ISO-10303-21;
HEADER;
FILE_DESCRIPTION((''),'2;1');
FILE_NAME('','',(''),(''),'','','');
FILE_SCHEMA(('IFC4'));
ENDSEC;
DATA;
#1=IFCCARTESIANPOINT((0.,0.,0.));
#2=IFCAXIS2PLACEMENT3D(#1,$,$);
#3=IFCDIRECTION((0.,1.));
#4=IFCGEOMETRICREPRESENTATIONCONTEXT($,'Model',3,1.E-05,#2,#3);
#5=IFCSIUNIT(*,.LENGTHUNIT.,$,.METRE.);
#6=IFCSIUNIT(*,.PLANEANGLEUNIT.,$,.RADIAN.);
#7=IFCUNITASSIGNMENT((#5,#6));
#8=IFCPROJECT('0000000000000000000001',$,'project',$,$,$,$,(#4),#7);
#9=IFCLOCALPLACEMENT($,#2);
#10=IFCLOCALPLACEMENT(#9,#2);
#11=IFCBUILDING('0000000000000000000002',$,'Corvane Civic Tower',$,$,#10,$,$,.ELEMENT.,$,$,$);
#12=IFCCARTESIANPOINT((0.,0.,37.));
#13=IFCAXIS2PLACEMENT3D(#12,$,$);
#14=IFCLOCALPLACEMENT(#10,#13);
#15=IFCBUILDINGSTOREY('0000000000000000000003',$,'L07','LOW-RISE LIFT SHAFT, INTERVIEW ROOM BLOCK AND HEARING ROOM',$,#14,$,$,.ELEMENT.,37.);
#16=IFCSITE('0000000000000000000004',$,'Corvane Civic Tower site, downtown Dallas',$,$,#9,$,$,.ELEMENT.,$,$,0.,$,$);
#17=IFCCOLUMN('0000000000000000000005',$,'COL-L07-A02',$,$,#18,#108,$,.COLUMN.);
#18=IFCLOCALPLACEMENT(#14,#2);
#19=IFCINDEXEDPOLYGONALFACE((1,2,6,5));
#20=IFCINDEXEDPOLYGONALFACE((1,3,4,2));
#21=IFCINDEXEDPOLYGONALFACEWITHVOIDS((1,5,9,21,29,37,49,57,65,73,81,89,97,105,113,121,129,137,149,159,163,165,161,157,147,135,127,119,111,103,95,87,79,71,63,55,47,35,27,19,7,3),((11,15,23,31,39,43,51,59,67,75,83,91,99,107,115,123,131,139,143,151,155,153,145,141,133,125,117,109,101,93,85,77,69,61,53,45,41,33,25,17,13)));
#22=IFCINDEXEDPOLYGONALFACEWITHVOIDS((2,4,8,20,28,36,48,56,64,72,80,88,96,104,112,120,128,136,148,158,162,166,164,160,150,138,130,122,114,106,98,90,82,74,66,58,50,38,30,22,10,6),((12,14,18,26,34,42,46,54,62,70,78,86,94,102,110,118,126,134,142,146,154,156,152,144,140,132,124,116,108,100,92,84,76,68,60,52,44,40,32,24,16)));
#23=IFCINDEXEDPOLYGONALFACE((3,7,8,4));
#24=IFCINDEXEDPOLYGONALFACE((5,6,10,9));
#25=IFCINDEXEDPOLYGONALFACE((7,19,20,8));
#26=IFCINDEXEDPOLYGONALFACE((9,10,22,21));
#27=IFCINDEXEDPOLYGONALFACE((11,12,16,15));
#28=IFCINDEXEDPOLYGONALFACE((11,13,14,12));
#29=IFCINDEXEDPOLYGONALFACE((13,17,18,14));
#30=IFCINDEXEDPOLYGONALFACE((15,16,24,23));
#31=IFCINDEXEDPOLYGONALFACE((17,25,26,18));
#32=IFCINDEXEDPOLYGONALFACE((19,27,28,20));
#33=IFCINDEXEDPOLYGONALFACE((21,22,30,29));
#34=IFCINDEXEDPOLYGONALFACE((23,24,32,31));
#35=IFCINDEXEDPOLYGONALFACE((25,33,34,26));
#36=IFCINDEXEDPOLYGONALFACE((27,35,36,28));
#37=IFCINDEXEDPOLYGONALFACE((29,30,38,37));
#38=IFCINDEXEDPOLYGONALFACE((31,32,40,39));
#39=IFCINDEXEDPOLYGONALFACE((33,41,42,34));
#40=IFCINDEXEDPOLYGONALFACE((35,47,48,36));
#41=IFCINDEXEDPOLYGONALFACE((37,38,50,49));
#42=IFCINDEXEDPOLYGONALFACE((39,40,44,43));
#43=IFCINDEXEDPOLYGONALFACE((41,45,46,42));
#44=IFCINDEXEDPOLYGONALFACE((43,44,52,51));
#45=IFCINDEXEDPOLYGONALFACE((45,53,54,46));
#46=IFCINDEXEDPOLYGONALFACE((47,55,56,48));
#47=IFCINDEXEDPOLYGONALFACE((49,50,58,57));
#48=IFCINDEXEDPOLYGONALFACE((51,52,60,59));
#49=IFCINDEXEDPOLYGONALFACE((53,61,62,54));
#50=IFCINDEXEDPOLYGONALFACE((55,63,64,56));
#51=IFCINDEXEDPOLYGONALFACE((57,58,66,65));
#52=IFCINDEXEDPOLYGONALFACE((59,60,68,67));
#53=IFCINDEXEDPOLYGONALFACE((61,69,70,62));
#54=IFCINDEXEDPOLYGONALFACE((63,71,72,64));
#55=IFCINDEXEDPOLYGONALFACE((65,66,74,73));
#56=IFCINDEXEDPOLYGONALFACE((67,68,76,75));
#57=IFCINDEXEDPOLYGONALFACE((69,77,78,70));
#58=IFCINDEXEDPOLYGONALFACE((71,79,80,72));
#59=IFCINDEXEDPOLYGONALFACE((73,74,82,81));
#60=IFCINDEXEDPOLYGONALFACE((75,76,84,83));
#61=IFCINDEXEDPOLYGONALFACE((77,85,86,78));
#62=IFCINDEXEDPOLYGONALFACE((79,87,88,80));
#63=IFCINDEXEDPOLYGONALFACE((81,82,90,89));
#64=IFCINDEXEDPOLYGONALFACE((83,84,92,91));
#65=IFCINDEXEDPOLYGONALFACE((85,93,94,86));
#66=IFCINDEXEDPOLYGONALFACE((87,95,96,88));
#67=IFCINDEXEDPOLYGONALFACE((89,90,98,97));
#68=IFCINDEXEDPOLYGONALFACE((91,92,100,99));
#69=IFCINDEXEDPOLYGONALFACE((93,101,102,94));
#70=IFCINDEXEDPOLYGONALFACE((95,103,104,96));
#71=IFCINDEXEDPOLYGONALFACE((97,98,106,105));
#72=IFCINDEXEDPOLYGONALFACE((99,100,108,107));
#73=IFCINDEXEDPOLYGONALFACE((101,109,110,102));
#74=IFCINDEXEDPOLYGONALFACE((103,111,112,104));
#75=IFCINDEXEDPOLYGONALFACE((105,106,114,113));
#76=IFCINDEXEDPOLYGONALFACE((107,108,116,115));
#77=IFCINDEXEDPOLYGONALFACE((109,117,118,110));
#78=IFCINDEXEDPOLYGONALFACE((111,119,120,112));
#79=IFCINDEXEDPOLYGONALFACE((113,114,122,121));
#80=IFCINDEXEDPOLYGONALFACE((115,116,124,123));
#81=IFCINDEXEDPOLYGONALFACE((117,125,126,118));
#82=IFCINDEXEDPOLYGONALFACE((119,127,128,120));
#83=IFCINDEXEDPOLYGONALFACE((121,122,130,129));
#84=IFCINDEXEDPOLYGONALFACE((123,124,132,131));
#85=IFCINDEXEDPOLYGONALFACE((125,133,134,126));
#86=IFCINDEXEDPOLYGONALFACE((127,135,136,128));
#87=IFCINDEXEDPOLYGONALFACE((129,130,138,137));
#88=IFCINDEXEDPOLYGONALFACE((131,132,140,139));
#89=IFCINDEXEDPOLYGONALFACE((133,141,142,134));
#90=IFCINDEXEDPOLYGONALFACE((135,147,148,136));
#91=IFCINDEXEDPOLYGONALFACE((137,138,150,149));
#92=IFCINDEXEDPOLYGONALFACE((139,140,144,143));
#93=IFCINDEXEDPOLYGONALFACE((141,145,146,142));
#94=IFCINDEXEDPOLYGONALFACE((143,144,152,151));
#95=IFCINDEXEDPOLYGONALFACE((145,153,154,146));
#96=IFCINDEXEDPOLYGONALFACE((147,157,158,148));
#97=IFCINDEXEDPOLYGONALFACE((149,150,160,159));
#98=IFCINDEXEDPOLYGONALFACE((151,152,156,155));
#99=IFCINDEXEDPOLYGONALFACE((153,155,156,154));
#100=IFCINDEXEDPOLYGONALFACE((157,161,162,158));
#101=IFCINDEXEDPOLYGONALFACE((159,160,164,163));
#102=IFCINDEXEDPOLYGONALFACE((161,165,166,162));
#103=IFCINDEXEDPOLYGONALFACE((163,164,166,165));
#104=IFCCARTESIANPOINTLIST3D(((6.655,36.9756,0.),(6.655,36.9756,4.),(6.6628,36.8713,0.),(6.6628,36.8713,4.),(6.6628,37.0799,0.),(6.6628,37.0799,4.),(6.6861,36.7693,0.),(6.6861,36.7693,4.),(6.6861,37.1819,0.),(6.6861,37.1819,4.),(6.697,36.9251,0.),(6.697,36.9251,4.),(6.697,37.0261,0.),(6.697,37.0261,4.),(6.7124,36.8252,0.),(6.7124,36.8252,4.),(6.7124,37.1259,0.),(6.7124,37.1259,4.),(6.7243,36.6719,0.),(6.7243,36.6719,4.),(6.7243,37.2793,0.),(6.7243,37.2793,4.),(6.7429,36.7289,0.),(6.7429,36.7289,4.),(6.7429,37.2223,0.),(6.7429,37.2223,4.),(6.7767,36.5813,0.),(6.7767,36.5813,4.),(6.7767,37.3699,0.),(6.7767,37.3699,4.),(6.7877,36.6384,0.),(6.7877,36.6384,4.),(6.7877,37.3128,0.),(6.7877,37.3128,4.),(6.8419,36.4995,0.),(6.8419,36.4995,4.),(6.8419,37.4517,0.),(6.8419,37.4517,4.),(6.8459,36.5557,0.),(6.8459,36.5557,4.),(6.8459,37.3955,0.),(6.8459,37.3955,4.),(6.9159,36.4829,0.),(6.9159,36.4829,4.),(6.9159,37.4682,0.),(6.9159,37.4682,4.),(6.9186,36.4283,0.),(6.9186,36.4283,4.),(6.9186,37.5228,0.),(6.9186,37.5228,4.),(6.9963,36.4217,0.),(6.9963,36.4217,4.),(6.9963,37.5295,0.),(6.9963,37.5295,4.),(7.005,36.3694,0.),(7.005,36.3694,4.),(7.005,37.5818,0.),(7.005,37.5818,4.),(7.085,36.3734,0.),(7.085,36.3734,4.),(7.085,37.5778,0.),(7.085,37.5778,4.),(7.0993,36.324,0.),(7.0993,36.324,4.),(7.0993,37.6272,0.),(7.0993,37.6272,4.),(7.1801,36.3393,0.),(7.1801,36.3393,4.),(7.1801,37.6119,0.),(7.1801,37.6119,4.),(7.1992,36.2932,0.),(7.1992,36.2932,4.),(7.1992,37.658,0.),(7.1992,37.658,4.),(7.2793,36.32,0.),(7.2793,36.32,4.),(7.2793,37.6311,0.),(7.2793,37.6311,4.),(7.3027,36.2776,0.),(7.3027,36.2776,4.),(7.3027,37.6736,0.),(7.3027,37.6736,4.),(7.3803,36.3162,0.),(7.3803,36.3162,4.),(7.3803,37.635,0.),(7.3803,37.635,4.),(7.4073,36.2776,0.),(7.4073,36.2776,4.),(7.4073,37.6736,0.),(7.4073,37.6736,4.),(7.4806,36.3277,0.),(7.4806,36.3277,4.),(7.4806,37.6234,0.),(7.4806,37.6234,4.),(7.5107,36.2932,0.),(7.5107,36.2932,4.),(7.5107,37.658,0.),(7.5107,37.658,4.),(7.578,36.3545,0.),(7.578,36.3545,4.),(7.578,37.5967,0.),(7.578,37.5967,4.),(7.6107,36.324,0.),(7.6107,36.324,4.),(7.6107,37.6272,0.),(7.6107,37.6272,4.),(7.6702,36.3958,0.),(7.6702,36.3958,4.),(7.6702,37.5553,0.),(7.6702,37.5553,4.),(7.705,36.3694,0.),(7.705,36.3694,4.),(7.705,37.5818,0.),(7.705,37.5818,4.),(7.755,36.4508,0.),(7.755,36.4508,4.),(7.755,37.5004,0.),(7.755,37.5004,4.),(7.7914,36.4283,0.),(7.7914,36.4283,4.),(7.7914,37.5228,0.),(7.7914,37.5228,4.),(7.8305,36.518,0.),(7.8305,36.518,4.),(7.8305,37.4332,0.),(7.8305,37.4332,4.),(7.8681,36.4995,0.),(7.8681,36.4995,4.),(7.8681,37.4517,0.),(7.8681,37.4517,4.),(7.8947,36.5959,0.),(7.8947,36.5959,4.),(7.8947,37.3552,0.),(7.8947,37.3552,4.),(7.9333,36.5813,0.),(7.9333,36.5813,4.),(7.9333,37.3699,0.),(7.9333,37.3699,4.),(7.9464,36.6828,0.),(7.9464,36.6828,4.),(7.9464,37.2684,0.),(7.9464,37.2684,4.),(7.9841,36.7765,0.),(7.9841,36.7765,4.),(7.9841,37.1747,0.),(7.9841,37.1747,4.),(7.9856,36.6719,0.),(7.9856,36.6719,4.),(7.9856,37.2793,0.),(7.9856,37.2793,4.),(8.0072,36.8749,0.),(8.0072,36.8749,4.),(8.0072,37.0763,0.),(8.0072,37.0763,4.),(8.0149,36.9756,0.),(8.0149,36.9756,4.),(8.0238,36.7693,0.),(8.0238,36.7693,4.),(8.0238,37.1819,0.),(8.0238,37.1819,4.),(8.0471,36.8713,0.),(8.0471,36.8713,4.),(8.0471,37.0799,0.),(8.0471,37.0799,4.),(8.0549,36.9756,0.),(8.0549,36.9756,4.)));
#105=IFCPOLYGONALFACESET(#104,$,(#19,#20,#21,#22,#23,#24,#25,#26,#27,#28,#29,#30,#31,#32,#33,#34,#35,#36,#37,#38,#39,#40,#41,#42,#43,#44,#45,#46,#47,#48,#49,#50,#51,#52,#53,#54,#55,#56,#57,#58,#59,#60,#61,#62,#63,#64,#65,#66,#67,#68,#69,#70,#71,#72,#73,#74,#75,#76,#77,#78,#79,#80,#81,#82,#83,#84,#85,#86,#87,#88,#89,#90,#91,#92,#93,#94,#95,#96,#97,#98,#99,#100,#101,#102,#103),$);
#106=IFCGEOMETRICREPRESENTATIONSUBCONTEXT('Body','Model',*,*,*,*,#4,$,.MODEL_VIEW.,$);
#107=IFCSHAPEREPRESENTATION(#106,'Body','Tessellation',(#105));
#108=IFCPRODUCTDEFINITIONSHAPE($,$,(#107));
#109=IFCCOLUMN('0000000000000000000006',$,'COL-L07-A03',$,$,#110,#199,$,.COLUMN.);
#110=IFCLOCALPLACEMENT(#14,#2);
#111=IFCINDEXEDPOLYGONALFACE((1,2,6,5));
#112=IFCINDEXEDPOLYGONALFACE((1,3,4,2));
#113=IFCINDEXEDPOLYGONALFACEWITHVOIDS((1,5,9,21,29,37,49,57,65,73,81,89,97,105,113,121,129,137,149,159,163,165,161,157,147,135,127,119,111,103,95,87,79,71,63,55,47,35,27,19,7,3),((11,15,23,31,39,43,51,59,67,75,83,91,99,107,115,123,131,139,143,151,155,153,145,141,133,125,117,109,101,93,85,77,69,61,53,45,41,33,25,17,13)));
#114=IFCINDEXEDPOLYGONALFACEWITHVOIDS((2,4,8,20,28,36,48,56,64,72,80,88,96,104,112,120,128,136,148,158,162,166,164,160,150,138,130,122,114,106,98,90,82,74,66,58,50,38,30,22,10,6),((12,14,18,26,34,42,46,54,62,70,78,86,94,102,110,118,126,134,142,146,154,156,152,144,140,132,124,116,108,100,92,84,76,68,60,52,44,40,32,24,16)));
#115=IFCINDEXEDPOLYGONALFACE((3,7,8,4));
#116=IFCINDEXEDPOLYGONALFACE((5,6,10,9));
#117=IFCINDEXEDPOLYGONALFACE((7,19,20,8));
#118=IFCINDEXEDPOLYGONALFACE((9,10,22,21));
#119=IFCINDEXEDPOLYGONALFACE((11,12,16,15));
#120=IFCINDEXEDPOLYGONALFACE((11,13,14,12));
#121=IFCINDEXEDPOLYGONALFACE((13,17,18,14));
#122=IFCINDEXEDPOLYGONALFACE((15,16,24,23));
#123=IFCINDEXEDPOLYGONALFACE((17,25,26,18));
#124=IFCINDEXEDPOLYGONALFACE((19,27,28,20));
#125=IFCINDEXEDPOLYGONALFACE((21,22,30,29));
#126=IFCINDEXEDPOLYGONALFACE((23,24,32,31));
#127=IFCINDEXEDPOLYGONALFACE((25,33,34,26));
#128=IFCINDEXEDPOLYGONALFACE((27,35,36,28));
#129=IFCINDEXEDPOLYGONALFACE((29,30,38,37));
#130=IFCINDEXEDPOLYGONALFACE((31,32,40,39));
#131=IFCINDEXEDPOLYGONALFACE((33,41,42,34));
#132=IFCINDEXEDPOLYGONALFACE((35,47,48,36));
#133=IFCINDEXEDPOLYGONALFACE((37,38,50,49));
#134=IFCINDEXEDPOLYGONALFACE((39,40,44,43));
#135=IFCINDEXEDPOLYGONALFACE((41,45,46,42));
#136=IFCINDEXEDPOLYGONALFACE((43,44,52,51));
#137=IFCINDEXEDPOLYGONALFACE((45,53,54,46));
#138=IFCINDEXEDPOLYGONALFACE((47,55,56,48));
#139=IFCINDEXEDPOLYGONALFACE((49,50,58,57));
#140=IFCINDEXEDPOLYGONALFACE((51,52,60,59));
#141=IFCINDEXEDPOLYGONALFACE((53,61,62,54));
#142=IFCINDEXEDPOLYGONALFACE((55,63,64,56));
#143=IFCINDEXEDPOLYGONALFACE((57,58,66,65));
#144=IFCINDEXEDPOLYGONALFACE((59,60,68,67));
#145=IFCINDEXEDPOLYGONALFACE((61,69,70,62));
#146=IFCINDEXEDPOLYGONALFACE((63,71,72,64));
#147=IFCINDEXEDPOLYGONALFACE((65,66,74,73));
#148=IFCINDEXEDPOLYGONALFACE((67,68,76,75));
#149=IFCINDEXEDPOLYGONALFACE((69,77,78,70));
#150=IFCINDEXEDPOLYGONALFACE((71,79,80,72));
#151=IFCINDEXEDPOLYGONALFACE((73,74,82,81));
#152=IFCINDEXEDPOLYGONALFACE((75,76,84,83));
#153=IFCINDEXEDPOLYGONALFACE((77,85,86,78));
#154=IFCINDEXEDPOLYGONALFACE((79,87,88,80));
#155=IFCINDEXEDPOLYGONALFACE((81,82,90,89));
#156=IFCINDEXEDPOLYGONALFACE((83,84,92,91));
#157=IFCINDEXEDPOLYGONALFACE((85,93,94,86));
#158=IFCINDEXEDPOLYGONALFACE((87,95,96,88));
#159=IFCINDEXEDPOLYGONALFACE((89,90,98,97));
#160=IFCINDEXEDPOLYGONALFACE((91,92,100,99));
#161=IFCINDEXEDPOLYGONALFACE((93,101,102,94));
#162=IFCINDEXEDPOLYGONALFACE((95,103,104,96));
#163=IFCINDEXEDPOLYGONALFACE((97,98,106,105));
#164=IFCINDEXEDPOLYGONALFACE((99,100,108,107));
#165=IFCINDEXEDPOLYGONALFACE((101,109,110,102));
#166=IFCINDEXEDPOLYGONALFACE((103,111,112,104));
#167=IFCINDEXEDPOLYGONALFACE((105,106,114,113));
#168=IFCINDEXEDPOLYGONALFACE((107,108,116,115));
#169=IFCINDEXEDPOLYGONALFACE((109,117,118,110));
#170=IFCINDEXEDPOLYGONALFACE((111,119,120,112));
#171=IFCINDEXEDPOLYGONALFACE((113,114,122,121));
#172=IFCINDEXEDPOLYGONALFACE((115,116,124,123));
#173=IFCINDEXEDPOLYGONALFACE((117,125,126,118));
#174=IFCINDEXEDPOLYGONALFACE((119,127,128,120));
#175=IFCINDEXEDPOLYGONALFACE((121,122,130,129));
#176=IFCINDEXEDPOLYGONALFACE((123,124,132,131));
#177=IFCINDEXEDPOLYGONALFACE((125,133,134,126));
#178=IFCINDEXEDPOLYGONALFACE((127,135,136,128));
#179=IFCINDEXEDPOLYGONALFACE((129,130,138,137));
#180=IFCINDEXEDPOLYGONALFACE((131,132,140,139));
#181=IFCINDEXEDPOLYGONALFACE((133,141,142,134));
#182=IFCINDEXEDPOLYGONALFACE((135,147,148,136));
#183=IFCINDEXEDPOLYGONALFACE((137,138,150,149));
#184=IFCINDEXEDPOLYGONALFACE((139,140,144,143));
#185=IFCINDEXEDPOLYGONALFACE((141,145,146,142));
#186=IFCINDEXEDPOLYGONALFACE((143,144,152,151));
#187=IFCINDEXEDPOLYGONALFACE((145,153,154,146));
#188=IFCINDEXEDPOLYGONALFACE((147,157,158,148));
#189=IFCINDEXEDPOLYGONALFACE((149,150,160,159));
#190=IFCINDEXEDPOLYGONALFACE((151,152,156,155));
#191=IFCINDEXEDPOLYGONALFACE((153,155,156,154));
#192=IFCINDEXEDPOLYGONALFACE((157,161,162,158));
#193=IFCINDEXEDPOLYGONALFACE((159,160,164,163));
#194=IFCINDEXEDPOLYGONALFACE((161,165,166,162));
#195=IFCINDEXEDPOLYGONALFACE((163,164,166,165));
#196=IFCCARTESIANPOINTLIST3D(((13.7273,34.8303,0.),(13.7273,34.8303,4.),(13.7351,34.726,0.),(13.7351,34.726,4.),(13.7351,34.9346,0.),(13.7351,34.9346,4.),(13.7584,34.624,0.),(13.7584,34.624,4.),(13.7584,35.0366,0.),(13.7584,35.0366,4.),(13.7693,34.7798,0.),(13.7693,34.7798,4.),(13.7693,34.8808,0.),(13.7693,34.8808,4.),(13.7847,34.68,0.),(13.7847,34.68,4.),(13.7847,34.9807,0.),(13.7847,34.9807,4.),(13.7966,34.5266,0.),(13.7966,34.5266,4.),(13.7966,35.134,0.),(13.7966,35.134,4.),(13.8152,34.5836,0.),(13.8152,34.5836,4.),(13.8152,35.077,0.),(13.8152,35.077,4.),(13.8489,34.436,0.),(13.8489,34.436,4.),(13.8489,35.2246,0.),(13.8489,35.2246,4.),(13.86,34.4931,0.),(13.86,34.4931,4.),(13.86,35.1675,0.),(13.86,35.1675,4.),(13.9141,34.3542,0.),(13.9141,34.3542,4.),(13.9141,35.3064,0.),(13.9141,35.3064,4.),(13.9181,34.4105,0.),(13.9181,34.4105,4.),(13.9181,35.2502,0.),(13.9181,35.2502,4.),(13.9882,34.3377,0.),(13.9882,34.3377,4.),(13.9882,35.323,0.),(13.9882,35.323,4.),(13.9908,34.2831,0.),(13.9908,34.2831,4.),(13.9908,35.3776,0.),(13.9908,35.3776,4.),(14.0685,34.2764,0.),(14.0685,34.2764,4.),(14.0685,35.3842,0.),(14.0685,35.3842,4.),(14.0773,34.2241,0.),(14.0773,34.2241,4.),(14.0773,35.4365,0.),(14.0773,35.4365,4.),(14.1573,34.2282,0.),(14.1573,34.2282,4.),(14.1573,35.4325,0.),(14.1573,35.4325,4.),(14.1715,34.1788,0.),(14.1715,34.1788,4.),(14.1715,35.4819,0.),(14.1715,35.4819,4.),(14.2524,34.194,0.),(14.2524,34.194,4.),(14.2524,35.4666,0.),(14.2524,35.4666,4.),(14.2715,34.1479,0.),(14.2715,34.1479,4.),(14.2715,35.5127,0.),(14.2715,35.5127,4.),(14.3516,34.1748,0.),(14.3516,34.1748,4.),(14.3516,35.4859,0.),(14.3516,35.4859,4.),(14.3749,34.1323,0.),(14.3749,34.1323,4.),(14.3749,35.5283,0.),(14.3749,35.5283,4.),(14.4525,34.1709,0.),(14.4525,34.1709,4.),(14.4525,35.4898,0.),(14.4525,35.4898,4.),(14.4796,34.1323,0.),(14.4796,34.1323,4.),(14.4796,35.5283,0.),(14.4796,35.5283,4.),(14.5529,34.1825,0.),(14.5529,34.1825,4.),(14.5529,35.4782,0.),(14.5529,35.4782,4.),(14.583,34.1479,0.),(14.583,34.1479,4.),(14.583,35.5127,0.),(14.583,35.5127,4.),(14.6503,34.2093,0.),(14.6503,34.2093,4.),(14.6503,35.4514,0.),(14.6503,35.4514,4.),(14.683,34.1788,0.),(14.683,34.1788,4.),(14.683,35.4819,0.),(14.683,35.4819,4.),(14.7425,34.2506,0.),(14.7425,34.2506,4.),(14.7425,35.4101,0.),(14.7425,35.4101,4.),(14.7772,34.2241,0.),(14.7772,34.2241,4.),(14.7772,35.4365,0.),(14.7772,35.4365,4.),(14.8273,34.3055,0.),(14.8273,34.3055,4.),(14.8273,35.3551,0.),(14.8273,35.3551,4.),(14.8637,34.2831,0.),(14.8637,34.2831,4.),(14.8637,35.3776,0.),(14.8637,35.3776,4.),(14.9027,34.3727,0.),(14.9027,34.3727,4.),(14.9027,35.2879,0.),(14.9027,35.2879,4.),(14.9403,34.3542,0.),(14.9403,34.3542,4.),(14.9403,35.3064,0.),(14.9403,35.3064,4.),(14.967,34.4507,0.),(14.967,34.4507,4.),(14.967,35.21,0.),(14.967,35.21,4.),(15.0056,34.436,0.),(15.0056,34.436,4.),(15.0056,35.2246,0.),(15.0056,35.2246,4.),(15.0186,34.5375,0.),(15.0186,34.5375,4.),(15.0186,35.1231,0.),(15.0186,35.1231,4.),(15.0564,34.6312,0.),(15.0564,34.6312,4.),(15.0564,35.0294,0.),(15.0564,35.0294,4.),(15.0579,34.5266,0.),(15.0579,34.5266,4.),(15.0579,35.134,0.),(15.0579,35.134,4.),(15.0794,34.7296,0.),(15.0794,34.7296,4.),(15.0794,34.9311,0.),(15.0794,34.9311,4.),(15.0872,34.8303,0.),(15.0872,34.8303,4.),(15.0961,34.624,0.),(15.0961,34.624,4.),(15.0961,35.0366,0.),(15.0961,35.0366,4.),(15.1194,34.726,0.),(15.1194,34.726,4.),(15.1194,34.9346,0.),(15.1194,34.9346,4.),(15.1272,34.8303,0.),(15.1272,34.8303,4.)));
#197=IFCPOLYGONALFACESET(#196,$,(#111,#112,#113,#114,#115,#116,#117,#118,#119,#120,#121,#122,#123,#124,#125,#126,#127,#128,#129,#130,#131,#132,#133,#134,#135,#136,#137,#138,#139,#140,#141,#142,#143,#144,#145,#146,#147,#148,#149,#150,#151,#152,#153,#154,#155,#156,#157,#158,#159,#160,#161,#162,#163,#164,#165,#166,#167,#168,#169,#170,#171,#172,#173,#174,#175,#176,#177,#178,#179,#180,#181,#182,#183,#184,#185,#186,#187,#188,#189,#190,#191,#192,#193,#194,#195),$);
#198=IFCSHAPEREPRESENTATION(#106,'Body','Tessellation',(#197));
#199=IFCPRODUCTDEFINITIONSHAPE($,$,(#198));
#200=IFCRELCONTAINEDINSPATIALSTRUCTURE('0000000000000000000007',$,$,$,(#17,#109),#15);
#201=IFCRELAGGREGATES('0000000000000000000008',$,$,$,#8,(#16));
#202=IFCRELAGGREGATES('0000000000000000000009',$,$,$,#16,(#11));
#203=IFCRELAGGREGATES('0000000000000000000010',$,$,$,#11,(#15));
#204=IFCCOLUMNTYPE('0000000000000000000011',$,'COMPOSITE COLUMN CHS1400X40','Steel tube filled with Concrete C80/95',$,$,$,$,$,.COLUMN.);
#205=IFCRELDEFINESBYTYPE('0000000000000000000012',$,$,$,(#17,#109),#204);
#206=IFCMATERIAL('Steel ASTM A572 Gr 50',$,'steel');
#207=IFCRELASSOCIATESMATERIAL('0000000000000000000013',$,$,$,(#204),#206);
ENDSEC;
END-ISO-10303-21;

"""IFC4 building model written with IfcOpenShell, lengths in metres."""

from ifc_helpers import new_model, si_unit, direction, frame, origin, origin_2d, place, context, subcontext, project, spatial, hollow_circle, extrude, material, material_profile, profile_set, type_object, element, save


model = new_model("IFC4")

# Units and contexts
model_context = context("Model", 3, precision=1e-05, world=origin(), true_north=direction((0.0, 1.0)))
body_context = subcontext(model_context, "Body", "Model", "MODEL_VIEW")
ifc_project = project(units=[si_unit("LENGTHUNIT", "METRE"), si_unit("PLANEANGLEUNIT", "RADIAN")], contexts=[model_context])

# Site, building, storey
site_placement = place(None, origin())
site = spatial("IfcSite", under=ifc_project, at=site_placement, Name="Corvane Civic Tower site, downtown Dallas", CompositionType="ELEMENT", RefElevation=0.0)
building_placement = place(site_placement, origin())
building = spatial("IfcBuilding", under=site, at=building_placement, Name="Corvane Civic Tower", CompositionType="ELEMENT")
storey_placement = place(building_placement, frame((0.0, 0.0, 37.0)))
storey = spatial("IfcBuildingStorey", under=building, at=storey_placement, Name="L07", Description="LOW-RISE LIFT SHAFT, INTERVIEW ROOM BLOCK AND HEARING ROOM", CompositionType="ELEMENT", Elevation=37.0)

# Columns
ifc_material_1 = material(Name="Steel ASTM A572 Gr 50", Category="steel")
ifc_material_profile_1 = material_profile(ifc_material_1, hollow_circle(Radius=0.7, WallThickness=0.04, at=origin_2d()), Name="CHS1400X40")
ifc_profile_set_1 = profile_set([ifc_material_profile_1], Name="Steel ASTM A572 Gr 50")
column_type = type_object("IfcColumnType", Name="COMPOSITE COLUMN CHS1400X40", Description="Steel tube filled with Concrete C80/95", PredefinedType="COLUMN", material=ifc_profile_set_1)
for number, where, z_axis, x_axis, name in (
    (1, (7.355, 36.9756, 0.0), (0.0, 0.0, 1.0), (1.0, 0.0, 0.0), "COL-L07-A02"),
    (2, (14.4272, 34.8303, 0.0), (0.0, 0.0, 1.0), (1.0, 0.0, 0.0), "COL-L07-A03"),
):
    element("IfcColumn", number, at=place(storey_placement, frame(where, z_axis=z_axis, x_axis=x_axis)), inside=storey, type_object=column_type, Name=name, PredefinedType="COLUMN", context=body_context, shape_type="SweptSolid", body=[
        extrude(hollow_circle(Radius=0.7, WallThickness=0.04, at=origin_2d()), origin(), (0.0, 0.0, 1.0), 4.0),
    ])

save(model, "model.ifc")
